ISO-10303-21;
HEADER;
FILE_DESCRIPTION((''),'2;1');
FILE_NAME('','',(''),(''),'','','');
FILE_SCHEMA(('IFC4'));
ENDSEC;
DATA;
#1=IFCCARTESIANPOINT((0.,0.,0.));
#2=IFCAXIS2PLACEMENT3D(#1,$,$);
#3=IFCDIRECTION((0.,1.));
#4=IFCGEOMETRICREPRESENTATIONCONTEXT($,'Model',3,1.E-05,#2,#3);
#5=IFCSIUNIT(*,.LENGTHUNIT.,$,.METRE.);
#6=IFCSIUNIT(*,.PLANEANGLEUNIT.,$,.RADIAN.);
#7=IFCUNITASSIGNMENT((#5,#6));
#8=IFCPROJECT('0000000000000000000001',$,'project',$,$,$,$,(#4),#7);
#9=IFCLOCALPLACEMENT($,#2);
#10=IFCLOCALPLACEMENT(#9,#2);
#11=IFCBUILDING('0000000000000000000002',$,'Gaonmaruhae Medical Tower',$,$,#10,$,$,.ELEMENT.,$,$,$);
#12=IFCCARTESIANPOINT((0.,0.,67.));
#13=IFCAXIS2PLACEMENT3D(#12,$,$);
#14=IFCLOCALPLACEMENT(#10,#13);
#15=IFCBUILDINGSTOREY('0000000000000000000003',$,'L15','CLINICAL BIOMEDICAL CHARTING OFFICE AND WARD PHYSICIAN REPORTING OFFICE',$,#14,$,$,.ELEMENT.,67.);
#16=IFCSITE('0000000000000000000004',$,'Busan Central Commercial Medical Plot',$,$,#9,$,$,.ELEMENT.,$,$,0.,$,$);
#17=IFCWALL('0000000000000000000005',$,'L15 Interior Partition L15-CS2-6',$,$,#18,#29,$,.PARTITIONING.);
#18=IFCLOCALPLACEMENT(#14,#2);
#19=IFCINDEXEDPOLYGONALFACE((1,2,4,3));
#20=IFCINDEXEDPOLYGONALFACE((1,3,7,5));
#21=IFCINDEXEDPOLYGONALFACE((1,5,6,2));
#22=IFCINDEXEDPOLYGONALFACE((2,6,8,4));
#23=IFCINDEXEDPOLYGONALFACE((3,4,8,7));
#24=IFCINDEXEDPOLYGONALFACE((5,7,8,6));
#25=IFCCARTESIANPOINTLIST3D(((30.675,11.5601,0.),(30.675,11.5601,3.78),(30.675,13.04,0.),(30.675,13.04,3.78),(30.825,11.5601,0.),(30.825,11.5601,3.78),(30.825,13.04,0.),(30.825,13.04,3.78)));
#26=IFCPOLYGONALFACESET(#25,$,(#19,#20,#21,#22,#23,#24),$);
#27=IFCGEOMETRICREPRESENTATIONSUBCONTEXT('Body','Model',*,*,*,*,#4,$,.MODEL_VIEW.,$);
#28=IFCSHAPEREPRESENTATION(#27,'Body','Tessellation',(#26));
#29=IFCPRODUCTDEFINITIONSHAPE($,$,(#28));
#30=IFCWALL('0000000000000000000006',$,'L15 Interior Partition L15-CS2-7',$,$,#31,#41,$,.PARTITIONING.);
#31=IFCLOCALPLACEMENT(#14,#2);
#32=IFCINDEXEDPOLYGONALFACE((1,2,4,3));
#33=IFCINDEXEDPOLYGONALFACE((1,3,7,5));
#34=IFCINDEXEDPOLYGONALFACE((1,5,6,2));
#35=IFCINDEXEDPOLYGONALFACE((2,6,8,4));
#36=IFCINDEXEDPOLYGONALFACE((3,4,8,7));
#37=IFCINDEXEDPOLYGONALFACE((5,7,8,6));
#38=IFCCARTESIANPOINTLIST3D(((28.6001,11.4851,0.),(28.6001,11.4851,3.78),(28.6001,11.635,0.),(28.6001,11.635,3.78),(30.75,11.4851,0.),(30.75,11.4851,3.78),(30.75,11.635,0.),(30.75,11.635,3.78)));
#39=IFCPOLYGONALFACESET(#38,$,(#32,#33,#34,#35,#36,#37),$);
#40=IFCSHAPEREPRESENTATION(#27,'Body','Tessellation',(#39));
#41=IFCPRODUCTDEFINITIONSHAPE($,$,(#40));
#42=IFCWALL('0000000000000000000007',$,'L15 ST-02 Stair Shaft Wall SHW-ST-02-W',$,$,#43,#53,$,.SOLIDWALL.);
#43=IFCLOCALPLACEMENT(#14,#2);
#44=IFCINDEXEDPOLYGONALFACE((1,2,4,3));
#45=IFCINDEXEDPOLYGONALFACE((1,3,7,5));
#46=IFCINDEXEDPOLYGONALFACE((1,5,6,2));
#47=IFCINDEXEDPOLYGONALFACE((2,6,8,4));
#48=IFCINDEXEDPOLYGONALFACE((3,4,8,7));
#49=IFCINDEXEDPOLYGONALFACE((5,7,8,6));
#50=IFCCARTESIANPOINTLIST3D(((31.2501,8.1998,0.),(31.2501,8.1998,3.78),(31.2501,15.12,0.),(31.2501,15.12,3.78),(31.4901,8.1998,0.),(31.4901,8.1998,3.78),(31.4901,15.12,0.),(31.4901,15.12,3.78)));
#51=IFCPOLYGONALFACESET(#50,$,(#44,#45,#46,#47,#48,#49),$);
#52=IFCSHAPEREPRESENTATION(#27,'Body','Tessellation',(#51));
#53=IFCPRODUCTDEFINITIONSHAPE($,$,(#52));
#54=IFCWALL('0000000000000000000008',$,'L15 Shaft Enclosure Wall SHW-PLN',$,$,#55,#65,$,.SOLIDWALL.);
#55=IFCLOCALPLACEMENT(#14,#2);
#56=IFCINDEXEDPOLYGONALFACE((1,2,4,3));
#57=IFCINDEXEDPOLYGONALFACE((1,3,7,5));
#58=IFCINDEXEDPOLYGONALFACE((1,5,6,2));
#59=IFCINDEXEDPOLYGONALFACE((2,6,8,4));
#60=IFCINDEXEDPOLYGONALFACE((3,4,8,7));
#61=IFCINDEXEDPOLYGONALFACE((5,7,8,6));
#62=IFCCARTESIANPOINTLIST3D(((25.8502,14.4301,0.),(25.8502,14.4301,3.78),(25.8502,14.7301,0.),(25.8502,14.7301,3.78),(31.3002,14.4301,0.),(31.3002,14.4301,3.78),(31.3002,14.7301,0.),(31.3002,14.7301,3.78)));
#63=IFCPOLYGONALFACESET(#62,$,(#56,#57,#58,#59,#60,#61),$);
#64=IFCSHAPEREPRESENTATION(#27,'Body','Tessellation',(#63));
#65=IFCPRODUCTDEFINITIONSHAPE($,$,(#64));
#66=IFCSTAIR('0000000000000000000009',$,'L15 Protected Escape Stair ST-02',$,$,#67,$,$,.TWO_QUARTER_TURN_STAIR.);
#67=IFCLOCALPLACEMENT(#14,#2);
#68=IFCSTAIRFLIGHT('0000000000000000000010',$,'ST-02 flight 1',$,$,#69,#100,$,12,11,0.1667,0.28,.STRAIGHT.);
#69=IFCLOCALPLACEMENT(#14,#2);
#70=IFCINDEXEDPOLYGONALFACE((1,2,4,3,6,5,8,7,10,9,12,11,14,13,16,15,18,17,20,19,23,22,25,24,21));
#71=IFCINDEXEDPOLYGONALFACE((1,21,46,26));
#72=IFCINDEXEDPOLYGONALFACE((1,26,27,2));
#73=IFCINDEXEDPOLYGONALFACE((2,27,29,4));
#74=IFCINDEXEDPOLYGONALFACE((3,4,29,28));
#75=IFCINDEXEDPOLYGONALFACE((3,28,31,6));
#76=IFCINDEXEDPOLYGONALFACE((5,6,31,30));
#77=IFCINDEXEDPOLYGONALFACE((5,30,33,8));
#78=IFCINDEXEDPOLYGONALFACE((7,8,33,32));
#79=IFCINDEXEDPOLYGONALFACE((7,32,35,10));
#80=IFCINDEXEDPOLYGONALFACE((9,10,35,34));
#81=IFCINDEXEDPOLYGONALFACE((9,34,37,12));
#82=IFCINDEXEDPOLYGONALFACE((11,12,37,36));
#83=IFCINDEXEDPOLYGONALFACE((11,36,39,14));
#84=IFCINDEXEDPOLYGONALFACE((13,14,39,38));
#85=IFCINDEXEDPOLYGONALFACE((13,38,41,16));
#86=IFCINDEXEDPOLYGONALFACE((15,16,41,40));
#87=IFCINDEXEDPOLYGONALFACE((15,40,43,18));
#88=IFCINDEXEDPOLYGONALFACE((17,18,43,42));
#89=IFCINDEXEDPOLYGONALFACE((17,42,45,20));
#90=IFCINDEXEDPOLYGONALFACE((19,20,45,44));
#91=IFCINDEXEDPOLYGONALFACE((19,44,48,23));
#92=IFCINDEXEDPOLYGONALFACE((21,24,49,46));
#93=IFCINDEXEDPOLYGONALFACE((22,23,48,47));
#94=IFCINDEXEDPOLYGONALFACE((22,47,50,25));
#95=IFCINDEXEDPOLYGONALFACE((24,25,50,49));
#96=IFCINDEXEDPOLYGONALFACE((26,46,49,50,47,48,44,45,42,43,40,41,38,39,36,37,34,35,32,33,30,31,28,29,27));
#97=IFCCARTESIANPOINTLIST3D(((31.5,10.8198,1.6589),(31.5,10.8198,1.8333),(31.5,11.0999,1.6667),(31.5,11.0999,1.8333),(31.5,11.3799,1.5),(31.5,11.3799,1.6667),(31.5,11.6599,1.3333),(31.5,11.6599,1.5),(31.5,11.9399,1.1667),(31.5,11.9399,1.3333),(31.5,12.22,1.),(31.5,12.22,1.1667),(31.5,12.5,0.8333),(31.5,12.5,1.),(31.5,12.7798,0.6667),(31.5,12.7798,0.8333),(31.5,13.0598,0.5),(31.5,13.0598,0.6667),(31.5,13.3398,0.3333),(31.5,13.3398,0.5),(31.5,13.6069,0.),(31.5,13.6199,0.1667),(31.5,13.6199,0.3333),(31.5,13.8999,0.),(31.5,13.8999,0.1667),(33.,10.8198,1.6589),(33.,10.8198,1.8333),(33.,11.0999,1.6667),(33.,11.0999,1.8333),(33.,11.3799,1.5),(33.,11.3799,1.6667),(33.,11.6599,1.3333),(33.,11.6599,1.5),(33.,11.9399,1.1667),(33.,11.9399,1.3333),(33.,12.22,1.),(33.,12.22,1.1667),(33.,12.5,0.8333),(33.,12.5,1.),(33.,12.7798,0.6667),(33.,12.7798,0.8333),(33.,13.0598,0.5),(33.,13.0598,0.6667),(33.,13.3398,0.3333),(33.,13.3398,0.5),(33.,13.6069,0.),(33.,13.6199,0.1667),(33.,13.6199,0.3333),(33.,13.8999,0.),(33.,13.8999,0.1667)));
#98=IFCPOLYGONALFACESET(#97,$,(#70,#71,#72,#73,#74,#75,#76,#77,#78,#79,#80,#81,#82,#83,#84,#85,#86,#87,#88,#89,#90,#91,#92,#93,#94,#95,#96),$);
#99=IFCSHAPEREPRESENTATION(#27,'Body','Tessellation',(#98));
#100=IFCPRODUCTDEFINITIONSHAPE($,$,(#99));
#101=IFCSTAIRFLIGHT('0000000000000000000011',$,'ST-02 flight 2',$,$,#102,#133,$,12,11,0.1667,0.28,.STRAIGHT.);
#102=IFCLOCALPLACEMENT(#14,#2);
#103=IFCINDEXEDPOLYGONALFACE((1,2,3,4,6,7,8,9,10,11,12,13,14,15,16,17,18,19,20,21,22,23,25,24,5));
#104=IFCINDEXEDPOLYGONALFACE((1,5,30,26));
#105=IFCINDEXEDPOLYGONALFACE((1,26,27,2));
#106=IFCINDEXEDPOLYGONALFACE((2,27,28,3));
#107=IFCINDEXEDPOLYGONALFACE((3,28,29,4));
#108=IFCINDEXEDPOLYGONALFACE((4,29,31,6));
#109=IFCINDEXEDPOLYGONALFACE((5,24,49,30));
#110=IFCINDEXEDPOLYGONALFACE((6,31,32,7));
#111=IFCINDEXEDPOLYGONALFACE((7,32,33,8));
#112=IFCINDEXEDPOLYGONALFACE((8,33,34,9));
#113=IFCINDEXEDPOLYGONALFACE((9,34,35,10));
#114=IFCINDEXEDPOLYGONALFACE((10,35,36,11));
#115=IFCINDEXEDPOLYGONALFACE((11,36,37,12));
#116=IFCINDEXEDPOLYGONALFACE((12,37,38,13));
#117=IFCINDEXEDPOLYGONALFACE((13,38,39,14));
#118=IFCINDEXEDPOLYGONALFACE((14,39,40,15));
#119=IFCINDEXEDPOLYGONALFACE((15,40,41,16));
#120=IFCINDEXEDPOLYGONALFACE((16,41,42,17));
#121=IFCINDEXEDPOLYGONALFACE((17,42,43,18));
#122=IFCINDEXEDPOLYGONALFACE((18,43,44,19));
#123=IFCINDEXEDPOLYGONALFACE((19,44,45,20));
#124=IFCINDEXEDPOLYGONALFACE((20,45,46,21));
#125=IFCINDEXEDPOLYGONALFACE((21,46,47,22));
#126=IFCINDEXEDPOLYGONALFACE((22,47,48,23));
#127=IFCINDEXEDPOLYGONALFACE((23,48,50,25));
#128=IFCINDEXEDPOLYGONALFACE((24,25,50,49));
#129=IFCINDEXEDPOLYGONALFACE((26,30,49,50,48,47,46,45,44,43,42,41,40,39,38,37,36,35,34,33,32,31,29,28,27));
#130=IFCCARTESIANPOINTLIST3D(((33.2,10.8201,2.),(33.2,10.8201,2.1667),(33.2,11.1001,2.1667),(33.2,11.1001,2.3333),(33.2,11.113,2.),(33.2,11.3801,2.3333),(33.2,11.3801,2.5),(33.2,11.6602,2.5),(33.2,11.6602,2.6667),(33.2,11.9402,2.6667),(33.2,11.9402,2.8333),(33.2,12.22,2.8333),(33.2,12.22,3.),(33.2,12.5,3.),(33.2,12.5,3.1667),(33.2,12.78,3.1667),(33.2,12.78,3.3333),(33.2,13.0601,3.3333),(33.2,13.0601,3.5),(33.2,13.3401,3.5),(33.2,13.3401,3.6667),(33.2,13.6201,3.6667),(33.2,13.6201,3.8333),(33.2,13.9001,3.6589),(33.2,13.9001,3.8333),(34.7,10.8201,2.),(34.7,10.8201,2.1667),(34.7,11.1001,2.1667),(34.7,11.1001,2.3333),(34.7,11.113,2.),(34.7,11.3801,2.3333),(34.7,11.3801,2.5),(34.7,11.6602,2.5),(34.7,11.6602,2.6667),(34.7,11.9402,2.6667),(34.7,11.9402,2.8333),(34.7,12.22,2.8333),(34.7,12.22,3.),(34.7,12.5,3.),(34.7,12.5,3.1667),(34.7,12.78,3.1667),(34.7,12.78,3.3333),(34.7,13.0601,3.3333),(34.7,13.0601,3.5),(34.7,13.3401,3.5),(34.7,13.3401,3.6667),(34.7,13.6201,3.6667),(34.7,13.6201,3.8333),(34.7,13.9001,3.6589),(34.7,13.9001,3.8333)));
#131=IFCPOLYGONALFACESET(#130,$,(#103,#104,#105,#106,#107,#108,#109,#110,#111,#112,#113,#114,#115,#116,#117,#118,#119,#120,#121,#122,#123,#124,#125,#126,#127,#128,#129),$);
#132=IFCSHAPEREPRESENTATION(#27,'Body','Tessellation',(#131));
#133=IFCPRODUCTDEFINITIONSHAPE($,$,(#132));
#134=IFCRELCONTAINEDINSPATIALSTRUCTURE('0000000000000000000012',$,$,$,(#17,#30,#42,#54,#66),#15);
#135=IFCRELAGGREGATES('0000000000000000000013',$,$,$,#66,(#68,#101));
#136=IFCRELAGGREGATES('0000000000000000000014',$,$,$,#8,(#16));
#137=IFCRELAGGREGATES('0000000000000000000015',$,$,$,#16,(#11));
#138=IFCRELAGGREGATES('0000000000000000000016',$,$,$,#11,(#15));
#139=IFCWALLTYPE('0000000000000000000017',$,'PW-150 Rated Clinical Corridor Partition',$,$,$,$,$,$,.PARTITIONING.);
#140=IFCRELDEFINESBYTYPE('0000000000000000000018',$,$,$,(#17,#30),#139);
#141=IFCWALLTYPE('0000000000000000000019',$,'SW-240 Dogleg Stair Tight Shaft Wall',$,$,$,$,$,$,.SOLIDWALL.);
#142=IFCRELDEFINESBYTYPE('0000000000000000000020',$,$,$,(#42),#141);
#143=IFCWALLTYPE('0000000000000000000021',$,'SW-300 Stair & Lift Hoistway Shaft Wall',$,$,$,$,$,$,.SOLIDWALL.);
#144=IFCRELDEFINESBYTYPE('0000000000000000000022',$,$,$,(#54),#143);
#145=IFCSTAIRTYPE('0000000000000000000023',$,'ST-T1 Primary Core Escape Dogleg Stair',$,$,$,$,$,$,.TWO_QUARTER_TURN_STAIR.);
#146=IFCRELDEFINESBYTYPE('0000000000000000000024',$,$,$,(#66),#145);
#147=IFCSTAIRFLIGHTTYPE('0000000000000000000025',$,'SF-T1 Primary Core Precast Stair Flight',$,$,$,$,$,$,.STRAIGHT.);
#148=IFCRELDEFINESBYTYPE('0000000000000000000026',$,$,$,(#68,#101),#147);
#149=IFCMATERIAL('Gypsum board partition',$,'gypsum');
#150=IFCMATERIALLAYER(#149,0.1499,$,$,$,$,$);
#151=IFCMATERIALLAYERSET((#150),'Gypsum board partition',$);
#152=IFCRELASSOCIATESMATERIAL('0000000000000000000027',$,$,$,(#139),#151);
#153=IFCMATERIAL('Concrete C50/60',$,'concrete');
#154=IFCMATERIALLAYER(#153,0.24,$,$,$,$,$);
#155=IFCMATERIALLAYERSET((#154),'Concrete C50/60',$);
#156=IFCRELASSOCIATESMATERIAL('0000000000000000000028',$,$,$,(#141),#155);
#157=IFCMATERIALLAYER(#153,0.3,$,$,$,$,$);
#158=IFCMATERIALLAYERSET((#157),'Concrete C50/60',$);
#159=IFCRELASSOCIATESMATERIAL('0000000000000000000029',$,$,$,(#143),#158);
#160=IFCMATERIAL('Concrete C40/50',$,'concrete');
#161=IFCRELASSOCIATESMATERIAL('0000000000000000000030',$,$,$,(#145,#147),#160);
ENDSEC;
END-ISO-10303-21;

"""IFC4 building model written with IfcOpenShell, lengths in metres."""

from ifc_helpers import new_model, si_unit, direction, frame, frame_2d, origin, place, context, subcontext, project, spatial, polyline, rectangle, outline, extrude, material, layer, layer_set, type_object, element, aggregate, save


model = new_model("IFC4")

# Units and contexts
model_context = context("Model", 3, precision=1e-05, world=origin(), true_north=direction((0.0, 1.0)))
body_context = subcontext(model_context, "Body", "Model", "MODEL_VIEW")
ifc_project = project(units=[si_unit("LENGTHUNIT", "METRE"), si_unit("PLANEANGLEUNIT", "RADIAN")], contexts=[model_context])

# Site, building, storey
site_placement = place(None, origin())
site = spatial("IfcSite", under=ifc_project, at=site_placement, Name="Busan Central Commercial Medical Plot", CompositionType="ELEMENT", RefElevation=0.0)
building_placement = place(site_placement, origin())
building = spatial("IfcBuilding", under=site, at=building_placement, Name="Gaonmaruhae Medical Tower", CompositionType="ELEMENT")
storey_placement = place(building_placement, frame((0.0, 0.0, 67.0)))
storey = spatial("IfcBuildingStorey", under=building, at=storey_placement, Name="L15", Description="CLINICAL BIOMEDICAL CHARTING OFFICE AND WARD PHYSICIAN REPORTING OFFICE", CompositionType="ELEMENT", Elevation=67.0)

# Shared definitions
ifc_material_1 = material(Name="Gypsum board partition", Category="gypsum")
ifc_layer_1 = layer(ifc_material_1, 0.1499)
ifc_layer_set_1 = layer_set([ifc_layer_1], Name="Gypsum board partition")
wall_type_1 = type_object("IfcWallType", Name="PW-150 Rated Clinical Corridor Partition", PredefinedType="PARTITIONING", material=ifc_layer_set_1)

# Walls
wall_1_placement = place(storey_placement, frame((30.75, 13.04, 0.0), z_axis=(0.0, 0.0, 1.0), x_axis=(0.0, -1.0, 0.0)))
element("IfcWall", 1, at=wall_1_placement, inside=storey, type_object=wall_type_1, Name="L15 Interior Partition L15-CS2-6", PredefinedType="PARTITIONING", context=body_context, shape_type="SweptSolid", body=[
    extrude(rectangle(XDim=1.48, YDim=0.1499, at=frame_2d((0.74, 0.0))), origin(), (0.0, 0.0, 1.0), 3.78),
])
wall_2_placement = place(storey_placement, frame((30.75, 11.5601, 0.0), z_axis=(0.0, 0.0, 1.0), x_axis=(-1.0, 0.0, 0.0)))
element("IfcWall", 2, at=wall_2_placement, inside=storey, type_object=wall_type_1, Name="L15 Interior Partition L15-CS2-7", PredefinedType="PARTITIONING", context=body_context, shape_type="SweptSolid", body=[
    extrude(rectangle(XDim=2.1499, YDim=0.1499, at=frame_2d((1.075, 0.0))), origin(), (0.0, 0.0, 1.0), 3.78),
])
ifc_material_2 = material(Name="Concrete C50/60", Category="concrete")
ifc_layer_2 = layer(ifc_material_2, 0.24)
ifc_layer_set_2 = layer_set([ifc_layer_2], Name="Concrete C50/60")
wall_type_2 = type_object("IfcWallType", Name="SW-240 Dogleg Stair Tight Shaft Wall", PredefinedType="SOLIDWALL", material=ifc_layer_set_2)
wall_3_placement = place(storey_placement, frame((31.3701, 8.2, 0.0), z_axis=(0.0, 0.0, 1.0), x_axis=(0.0, 1.0, 0.0)))
element("IfcWall", 3, at=wall_3_placement, inside=storey, type_object=wall_type_2, Name="L15 ST-02 Stair Shaft Wall SHW-ST-02-W", PredefinedType="SOLIDWALL", context=body_context, shape_type="SweptSolid", body=[
    extrude(rectangle(XDim=6.9202, YDim=0.24, at=frame_2d((3.46, 0.0))), origin(), (0.0, 0.0, 1.0), 3.78),
])

# Shared definitions
ifc_layer_3 = layer(ifc_material_2, 0.3)
ifc_layer_set_3 = layer_set([ifc_layer_3], Name="Concrete C50/60")
wall_type_3 = type_object("IfcWallType", Name="SW-300 Stair & Lift Hoistway Shaft Wall", PredefinedType="SOLIDWALL", material=ifc_layer_set_3)

# Wall
wall_4_placement = place(storey_placement, frame((25.8501, 14.5801, 0.0), z_axis=(0.0, 0.0, 1.0), x_axis=(1.0, 0.0, 0.0)))
element("IfcWall", 4, at=wall_4_placement, inside=storey, type_object=wall_type_3, Name="L15 Shaft Enclosure Wall SHW-PLN", PredefinedType="SOLIDWALL", context=body_context, shape_type="SweptSolid", body=[
    extrude(rectangle(XDim=5.45, YDim=0.3, at=frame_2d((2.7251, 0.0))), origin(), (0.0, 0.0, 1.0), 3.78),
])

# Stair, stair flights
ifc_material_3 = material(Name="Concrete C40/50", Category="concrete")
stair_type = type_object("IfcStairType", Name="ST-T1 Primary Core Escape Dogleg Stair", PredefinedType="TWO_QUARTER_TURN_STAIR", material=ifc_material_3)
stair_placement = place(storey_placement, origin())
stair = element("IfcStair", 5, at=stair_placement, inside=storey, type_object=stair_type, Name="L15 Protected Escape Stair ST-02", PredefinedType="TWO_QUARTER_TURN_STAIR")
stair_flight_type = type_object("IfcStairFlightType", Name="SF-T1 Primary Core Precast Stair Flight", PredefinedType="STRAIGHT", material=ifc_material_3)
stair_flight_1_placement = place(storey_placement, frame((32.25, 13.8999, 0.0), z_axis=(0.0, 0.0, 1.0), x_axis=(0.0, -1.0, 0.0)))
stair_flight_1 = element("IfcStairFlight", 6, at=stair_flight_1_placement, type_object=stair_flight_type, Name="ST-02 flight 1", NumberOfRisers=12, NumberOfTreads=11, PredefinedType="STRAIGHT", RiserHeight=0.1667, TreadLength=0.28, context=body_context, shape_type="SweptSolid", body=[
    extrude(outline(polyline([(0.0, 0.0), (0.0, 0.1667), (0.28, 0.1667), (0.28, 0.3333), (0.5601, 0.3333), (0.5601, 0.5), (0.8401, 0.5), (0.8401, 0.6667), (1.1201, 0.6667), (1.1201, 0.8333), (1.3999, 0.8333), (1.3999, 1.0), (1.6799, 1.0), (1.6799, 1.1667), (1.96, 1.1667), (1.96, 1.3333), (2.24, 1.3333), (2.24, 1.5), (2.52, 1.5), (2.52, 1.6667), (2.8, 1.6667), (2.8, 1.8333), (3.0801, 1.8333), (3.0801, 2.0), (3.0801, 1.6589), (0.293, 0.0), (0.0, 0.0)])), frame((0.0, 0.75, 0.0), z_axis=(0.0, -1.0, 0.0), x_axis=(1.0, 0.0, 0.0)), (0.0, 0.0, 1.0), 1.5),
])
stair_flight_2_placement = place(storey_placement, frame((33.95, 10.8201, 2.0), z_axis=(0.0, 0.0, 1.0), x_axis=(0.0, 1.0, 0.0)))
stair_flight_2 = element("IfcStairFlight", 7, at=stair_flight_2_placement, type_object=stair_flight_type, Name="ST-02 flight 2", NumberOfRisers=12, NumberOfTreads=11, PredefinedType="STRAIGHT", RiserHeight=0.1667, TreadLength=0.28, context=body_context, shape_type="SweptSolid", body=[
    extrude(outline(polyline([(0.0, 0.0), (0.0, 0.1667), (0.28, 0.1667), (0.28, 0.3333), (0.5601, 0.3333), (0.5601, 0.5), (0.8401, 0.5), (0.8401, 0.6667), (1.1201, 0.6667), (1.1201, 0.8333), (1.3999, 0.8333), (1.3999, 1.0), (1.6799, 1.0), (1.6799, 1.1667), (1.96, 1.1667), (1.96, 1.3333), (2.24, 1.3333), (2.24, 1.5), (2.52, 1.5), (2.52, 1.6667), (2.8, 1.6667), (2.8, 1.8333), (3.0801, 1.8333), (3.0801, 2.0), (3.0801, 1.6589), (0.293, 0.0), (0.0, 0.0)])), frame((0.0, 0.75, 0.0), z_axis=(0.0, -1.0, 0.0), x_axis=(1.0, 0.0, 0.0)), (0.0, 0.0, 1.0), 1.5),
])
aggregate(stair, [stair_flight_1, stair_flight_2])

save(model, "model.ifc")
